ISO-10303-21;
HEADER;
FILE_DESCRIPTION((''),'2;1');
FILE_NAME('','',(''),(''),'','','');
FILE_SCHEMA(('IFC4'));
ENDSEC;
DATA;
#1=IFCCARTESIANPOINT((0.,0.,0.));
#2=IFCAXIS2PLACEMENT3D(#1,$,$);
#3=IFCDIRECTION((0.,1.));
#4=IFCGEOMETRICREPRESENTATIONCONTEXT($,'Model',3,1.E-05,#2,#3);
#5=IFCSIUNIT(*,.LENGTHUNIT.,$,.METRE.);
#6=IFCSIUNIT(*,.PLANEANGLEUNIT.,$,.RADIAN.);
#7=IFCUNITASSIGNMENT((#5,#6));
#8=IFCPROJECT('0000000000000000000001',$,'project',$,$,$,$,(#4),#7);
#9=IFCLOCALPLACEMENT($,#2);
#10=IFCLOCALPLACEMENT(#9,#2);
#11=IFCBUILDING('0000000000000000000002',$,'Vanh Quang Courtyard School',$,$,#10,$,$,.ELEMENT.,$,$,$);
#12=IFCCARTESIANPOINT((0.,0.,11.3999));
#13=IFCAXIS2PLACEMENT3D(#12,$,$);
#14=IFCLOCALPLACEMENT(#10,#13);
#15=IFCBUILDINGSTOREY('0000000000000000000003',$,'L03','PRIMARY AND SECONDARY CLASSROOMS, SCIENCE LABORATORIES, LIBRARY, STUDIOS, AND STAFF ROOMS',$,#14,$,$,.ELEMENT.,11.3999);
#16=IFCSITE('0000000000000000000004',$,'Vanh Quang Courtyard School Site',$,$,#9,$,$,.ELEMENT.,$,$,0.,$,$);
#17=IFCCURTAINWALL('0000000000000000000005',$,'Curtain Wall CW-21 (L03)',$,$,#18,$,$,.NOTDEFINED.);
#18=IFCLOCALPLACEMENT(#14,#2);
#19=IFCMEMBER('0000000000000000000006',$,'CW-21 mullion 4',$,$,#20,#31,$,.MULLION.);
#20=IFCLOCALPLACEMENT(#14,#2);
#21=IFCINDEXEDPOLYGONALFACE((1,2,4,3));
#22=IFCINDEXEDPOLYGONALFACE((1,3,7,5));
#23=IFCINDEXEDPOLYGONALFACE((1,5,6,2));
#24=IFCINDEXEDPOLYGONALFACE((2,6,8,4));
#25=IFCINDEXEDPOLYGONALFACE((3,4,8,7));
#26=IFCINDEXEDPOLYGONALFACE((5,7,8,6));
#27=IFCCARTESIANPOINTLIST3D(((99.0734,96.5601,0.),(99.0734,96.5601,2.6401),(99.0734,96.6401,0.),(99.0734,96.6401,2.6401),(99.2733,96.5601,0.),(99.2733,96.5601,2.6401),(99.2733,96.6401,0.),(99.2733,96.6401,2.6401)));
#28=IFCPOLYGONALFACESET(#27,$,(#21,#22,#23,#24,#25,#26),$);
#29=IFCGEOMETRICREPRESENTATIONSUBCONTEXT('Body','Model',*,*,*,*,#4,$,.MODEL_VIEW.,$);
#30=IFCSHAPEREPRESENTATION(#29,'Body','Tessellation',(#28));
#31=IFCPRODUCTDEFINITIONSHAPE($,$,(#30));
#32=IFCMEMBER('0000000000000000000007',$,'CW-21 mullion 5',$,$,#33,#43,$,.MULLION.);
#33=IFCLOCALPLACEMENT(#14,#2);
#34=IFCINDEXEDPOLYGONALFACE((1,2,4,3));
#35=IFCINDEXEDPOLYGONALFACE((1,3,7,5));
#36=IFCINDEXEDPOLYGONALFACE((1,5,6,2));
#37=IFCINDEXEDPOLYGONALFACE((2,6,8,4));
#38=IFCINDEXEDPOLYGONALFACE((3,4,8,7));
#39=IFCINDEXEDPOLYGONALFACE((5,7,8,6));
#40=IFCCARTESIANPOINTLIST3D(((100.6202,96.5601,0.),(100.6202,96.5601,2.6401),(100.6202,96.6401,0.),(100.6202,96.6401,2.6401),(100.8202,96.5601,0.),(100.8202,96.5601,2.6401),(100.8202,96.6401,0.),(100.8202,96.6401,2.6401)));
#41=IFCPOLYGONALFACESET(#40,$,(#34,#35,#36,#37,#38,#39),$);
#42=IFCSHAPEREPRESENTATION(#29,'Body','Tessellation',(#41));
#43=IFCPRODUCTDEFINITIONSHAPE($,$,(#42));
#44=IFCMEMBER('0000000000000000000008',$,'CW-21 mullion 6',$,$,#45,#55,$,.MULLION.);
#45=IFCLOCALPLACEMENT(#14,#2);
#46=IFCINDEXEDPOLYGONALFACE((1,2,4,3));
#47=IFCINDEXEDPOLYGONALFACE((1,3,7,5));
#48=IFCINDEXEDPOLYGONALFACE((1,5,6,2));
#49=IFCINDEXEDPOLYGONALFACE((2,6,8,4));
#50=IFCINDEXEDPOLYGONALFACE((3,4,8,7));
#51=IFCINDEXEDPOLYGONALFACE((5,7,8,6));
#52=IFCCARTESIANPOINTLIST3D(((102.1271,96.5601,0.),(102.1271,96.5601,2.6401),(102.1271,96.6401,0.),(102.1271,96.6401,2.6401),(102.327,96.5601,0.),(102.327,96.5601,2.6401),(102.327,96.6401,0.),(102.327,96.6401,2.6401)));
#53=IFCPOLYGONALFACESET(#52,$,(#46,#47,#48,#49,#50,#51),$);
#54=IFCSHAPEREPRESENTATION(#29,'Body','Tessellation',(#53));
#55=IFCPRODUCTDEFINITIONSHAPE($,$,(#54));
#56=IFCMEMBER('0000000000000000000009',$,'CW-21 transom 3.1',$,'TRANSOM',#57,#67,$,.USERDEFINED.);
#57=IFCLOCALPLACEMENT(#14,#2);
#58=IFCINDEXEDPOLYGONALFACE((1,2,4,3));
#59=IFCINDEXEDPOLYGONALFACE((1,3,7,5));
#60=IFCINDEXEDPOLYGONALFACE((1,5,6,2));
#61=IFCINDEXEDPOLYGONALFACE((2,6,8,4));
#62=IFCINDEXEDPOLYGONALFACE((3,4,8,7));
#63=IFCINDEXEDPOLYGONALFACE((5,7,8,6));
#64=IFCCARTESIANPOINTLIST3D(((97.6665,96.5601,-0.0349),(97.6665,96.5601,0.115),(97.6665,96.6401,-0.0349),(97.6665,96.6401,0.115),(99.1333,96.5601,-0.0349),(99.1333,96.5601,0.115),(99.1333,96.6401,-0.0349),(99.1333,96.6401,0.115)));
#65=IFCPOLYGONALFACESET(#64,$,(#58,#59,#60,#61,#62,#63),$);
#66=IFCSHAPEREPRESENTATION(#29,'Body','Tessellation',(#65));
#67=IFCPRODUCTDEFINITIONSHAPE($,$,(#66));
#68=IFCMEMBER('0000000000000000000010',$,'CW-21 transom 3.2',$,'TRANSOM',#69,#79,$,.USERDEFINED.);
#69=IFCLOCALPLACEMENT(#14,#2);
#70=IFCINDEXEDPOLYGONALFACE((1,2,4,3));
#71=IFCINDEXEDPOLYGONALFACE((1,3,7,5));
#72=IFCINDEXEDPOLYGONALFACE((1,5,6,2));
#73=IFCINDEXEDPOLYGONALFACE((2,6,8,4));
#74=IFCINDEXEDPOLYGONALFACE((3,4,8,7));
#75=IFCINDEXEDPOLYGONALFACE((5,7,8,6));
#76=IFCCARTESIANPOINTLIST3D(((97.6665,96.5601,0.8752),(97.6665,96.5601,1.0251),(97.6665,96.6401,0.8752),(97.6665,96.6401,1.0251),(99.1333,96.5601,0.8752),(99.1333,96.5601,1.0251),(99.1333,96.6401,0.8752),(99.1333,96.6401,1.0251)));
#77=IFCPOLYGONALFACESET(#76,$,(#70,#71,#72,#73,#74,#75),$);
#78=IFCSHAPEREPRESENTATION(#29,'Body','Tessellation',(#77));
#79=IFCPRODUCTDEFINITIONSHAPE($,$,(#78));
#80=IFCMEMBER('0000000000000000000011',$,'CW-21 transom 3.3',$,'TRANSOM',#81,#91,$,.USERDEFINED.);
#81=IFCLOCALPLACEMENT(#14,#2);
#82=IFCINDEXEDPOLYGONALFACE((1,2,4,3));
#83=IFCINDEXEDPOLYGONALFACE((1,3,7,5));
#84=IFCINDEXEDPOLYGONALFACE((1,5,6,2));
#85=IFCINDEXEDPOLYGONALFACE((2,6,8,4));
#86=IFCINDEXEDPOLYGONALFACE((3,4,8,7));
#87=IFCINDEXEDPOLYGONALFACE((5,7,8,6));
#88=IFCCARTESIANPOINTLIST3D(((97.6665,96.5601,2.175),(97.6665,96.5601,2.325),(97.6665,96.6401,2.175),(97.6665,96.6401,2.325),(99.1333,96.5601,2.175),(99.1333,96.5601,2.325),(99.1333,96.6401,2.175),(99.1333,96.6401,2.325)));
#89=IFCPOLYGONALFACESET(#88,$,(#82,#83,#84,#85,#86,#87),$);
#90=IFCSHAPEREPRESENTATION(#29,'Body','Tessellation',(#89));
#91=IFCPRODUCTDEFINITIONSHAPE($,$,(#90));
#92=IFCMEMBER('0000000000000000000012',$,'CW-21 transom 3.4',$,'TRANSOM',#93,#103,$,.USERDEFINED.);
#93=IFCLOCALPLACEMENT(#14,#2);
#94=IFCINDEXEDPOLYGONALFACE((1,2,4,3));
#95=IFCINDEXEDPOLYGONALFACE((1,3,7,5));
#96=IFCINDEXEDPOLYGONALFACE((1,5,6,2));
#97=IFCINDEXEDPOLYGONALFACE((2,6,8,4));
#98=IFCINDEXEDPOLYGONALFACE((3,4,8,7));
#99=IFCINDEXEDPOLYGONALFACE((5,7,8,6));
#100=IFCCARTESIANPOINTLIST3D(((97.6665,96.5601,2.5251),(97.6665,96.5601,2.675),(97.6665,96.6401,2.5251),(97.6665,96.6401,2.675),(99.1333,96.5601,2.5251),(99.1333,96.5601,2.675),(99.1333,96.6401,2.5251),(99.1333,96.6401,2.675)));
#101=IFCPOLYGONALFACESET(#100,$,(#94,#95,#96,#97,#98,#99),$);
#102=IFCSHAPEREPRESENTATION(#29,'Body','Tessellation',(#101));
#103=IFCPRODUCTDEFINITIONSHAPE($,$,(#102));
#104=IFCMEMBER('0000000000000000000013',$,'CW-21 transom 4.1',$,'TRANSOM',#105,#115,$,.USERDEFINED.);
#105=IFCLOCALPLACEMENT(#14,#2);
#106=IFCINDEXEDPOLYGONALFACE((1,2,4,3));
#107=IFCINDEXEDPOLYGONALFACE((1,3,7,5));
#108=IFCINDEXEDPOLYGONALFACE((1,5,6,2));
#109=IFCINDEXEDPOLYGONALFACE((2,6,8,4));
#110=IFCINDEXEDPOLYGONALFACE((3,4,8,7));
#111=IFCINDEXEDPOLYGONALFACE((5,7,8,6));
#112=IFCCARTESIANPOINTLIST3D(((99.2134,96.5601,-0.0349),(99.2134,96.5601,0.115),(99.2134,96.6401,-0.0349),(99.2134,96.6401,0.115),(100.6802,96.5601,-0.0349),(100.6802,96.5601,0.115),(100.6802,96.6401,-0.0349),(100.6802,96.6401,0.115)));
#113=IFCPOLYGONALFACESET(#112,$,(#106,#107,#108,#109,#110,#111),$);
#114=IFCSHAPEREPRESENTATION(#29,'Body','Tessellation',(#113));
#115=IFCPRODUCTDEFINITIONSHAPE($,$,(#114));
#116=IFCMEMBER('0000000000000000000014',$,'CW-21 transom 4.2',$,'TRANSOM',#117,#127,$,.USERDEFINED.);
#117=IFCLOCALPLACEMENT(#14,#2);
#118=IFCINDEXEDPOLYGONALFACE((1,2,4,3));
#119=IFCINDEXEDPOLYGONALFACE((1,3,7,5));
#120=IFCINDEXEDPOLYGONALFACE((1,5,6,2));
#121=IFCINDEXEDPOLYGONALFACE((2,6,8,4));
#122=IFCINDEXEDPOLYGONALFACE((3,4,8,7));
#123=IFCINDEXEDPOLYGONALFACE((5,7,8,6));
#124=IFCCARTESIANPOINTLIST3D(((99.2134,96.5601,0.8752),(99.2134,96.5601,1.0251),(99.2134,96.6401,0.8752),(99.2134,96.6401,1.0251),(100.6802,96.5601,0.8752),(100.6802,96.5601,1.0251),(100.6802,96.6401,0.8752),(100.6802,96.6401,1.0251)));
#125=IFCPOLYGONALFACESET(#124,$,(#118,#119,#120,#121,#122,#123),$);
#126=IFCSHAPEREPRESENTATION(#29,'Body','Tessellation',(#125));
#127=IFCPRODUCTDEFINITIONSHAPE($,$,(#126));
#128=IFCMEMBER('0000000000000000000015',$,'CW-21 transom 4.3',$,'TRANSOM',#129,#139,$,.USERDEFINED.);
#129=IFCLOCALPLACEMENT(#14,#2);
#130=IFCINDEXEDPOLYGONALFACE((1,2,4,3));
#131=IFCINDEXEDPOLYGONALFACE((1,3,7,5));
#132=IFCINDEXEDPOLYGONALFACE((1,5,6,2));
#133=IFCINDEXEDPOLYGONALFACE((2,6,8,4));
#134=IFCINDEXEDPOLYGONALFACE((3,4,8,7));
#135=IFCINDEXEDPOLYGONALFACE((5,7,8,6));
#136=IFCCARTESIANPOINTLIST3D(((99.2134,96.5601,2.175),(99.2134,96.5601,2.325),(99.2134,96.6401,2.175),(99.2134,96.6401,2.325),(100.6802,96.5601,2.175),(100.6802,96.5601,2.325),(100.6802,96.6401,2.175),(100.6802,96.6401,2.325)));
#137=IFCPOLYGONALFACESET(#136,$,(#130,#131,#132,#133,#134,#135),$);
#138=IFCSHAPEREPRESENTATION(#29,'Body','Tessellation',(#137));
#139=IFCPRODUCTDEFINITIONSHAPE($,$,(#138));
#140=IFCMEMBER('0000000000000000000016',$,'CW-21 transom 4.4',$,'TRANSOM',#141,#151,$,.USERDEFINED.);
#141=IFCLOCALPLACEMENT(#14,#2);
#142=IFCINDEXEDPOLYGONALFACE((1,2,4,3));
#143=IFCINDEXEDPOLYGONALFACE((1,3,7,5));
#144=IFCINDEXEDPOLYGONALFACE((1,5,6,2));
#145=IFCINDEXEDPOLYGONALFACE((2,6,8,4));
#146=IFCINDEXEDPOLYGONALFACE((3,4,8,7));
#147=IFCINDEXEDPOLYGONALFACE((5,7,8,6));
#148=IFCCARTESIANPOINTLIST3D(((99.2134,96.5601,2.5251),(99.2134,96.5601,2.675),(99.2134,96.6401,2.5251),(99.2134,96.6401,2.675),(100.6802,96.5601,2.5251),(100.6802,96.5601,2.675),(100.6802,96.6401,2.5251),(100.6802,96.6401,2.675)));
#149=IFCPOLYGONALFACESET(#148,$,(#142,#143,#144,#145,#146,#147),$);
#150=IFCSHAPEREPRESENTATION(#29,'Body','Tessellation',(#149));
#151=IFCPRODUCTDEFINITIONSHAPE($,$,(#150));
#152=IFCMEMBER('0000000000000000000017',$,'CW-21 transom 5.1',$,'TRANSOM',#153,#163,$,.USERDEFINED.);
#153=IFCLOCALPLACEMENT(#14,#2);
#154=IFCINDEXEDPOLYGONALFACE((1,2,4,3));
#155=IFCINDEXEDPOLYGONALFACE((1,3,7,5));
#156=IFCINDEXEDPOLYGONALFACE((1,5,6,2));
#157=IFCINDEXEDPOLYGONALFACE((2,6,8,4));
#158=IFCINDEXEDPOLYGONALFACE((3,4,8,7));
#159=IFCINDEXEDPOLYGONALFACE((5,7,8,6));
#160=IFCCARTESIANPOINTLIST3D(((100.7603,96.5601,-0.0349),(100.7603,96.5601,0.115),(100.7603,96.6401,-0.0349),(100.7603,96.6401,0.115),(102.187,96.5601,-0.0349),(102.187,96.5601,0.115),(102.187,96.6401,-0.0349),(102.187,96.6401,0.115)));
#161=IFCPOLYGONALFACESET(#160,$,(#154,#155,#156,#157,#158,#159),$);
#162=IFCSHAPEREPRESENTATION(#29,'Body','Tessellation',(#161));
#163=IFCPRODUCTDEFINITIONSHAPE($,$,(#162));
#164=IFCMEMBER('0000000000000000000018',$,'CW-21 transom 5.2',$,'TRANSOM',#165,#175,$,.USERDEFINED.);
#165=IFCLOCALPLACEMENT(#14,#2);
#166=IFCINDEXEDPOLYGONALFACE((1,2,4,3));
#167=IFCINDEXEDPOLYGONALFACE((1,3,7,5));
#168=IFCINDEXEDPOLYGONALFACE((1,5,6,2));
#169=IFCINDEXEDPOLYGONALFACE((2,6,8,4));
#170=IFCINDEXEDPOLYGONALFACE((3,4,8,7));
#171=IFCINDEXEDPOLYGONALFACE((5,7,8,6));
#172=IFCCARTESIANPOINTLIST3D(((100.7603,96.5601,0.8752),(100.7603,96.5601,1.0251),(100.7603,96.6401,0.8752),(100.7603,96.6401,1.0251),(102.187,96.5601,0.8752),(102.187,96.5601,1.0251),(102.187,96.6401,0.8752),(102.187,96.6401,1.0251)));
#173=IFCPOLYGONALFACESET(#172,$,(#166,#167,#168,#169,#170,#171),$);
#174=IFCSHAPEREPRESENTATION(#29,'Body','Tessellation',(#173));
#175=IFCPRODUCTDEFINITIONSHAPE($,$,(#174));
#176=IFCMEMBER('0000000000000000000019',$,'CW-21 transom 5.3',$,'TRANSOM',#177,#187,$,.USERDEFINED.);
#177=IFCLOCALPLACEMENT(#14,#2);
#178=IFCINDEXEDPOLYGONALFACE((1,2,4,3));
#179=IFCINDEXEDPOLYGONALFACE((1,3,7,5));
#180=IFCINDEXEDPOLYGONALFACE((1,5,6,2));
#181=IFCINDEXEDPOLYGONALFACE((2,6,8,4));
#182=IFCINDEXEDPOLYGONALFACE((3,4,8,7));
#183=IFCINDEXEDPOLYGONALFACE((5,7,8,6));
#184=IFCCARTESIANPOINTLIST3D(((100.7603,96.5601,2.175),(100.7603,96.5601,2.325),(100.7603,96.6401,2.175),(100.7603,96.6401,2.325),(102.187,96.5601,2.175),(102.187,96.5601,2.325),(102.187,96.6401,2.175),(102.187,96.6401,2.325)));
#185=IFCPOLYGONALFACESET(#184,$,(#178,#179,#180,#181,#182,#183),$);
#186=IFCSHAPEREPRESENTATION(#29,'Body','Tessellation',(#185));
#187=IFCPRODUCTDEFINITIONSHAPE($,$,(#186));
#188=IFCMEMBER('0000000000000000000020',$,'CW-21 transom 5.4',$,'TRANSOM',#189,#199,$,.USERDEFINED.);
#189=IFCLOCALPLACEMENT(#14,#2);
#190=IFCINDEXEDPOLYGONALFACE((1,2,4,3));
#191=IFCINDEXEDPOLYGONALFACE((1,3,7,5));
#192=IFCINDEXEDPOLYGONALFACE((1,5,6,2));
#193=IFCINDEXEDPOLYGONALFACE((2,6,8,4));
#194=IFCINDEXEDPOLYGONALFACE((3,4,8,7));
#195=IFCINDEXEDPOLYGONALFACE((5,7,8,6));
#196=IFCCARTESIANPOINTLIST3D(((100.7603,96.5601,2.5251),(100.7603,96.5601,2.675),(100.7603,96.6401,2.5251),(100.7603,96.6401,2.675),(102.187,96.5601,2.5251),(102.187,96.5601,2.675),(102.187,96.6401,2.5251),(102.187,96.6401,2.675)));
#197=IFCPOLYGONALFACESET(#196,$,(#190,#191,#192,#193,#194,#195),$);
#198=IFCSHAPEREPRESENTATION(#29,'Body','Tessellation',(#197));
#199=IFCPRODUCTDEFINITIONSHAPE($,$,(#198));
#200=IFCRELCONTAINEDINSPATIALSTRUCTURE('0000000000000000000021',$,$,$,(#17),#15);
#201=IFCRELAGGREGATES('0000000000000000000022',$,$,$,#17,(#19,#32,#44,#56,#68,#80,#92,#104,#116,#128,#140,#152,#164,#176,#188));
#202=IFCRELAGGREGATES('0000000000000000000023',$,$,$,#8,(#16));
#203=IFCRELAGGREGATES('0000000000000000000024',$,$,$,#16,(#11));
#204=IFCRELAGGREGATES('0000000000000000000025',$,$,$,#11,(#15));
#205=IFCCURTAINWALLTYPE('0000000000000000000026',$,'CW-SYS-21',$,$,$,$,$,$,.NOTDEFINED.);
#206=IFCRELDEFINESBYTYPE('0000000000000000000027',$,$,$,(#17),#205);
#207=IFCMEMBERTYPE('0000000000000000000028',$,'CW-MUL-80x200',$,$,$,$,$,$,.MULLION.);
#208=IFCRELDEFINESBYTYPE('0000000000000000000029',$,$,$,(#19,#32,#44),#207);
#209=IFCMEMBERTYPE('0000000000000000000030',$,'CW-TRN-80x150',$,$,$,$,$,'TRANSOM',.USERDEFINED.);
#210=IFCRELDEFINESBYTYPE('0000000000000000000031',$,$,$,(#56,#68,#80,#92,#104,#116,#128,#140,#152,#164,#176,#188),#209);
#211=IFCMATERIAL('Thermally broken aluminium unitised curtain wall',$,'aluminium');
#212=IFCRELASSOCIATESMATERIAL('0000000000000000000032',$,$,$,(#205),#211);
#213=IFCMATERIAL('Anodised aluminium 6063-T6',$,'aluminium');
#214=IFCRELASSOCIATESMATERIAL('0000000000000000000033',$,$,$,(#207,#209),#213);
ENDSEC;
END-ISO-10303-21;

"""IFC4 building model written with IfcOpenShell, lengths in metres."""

from ifc_helpers import new_model, si_unit, direction, frame, origin, origin_2d, place, context, subcontext, project, spatial, rectangle, extrude, material, material_profile, profile_set, type_object, element, aggregate, save


model = new_model("IFC4")

# Units and contexts
model_context = context("Model", 3, precision=1e-05, world=origin(), true_north=direction((0.0, 1.0)))
body_context = subcontext(model_context, "Body", "Model", "MODEL_VIEW")
ifc_project = project(units=[si_unit("LENGTHUNIT", "METRE"), si_unit("PLANEANGLEUNIT", "RADIAN")], contexts=[model_context])

# Site, building, storey
site_placement = place(None, origin())
site = spatial("IfcSite", under=ifc_project, at=site_placement, Name="Vanh Quang Courtyard School Site", CompositionType="ELEMENT", RefElevation=0.0)
building_placement = place(site_placement, origin())
building = spatial("IfcBuilding", under=site, at=building_placement, Name="Vanh Quang Courtyard School", CompositionType="ELEMENT")
storey_placement = place(building_placement, frame((0.0, 0.0, 11.3999)))
storey = spatial("IfcBuildingStorey", under=building, at=storey_placement, Name="L03", Description="PRIMARY AND SECONDARY CLASSROOMS, SCIENCE LABORATORIES, LIBRARY, STUDIOS, AND STAFF ROOMS", CompositionType="ELEMENT", Elevation=11.3999)

# Curtain wall, members
ifc_material_1 = material(Name="Thermally broken aluminium unitised curtain wall", Category="aluminium")
curtain_wall_type = type_object("IfcCurtainWallType", Name="CW-SYS-21", PredefinedType="NOTDEFINED", material=ifc_material_1)
curtain_wall_placement = place(storey_placement, origin())
curtain_wall = element("IfcCurtainWall", 1, at=curtain_wall_placement, inside=storey, type_object=curtain_wall_type, Name="Curtain Wall CW-21 (L03)", PredefinedType="NOTDEFINED")
ifc_material_2 = material(Name="Anodised aluminium 6063-T6", Category="aluminium")
ifc_material_profile_1 = material_profile(ifc_material_2, rectangle(XDim=0.0801, YDim=0.2, at=origin_2d()), Name="ALU-MUL 80x200")
ifc_profile_set_1 = profile_set([ifc_material_profile_1], Name="Anodised aluminium 6063-T6")
member_type_1 = type_object("IfcMemberType", Name="CW-MUL-80x200", PredefinedType="MULLION", material=ifc_profile_set_1)
member_1_placement = place(storey_placement, frame((99.1733, 96.6001, 0.0), z_axis=(0.0, 0.0, 1.0), x_axis=(0.0, 1.0, 0.0)))
member_1 = element("IfcMember", 2, at=member_1_placement, type_object=member_type_1, Name="CW-21 mullion 4", PredefinedType="MULLION", context=body_context, shape_type="SweptSolid", body=[
    extrude(rectangle(XDim=0.0801, YDim=0.2, at=origin_2d()), origin(), (0.0, 0.0, 1.0), 2.6401),
])
member_2_placement = place(storey_placement, frame((100.7202, 96.6001, 0.0), z_axis=(0.0, 0.0, 1.0), x_axis=(0.0, 1.0, 0.0)))
member_2 = element("IfcMember", 3, at=member_2_placement, type_object=member_type_1, Name="CW-21 mullion 5", PredefinedType="MULLION", context=body_context, shape_type="SweptSolid", body=[
    extrude(rectangle(XDim=0.0801, YDim=0.2, at=origin_2d()), origin(), (0.0, 0.0, 1.0), 2.6401),
])
member_3_placement = place(storey_placement, frame((102.2271, 96.6001, 0.0), z_axis=(0.0, 0.0, 1.0), x_axis=(0.0, 1.0, 0.0)))
member_3 = element("IfcMember", 4, at=member_3_placement, type_object=member_type_1, Name="CW-21 mullion 6", PredefinedType="MULLION", context=body_context, shape_type="SweptSolid", body=[
    extrude(rectangle(XDim=0.0801, YDim=0.2, at=origin_2d()), origin(), (0.0, 0.0, 1.0), 2.6401),
])
ifc_material_profile_2 = material_profile(ifc_material_2, rectangle(XDim=0.0801, YDim=0.1499, at=origin_2d()), Name="ALU-TRN 80x150")
ifc_profile_set_2 = profile_set([ifc_material_profile_2], Name="Anodised aluminium 6063-T6")
member_type_2 = type_object("IfcMemberType", Name="CW-TRN-80x150", ElementType="TRANSOM", PredefinedType="USERDEFINED", material=ifc_profile_set_2)
member_4_placement = place(storey_placement, frame((97.6665, 96.6001, 0.04), z_axis=(1.0, 0.0, 0.0), x_axis=(0.0, 1.0, 0.0)))
member_4 = element("IfcMember", 5, at=member_4_placement, type_object=member_type_2, Name="CW-21 transom 3.1", ObjectType="TRANSOM", PredefinedType="USERDEFINED", context=body_context, shape_type="SweptSolid", body=[
    extrude(rectangle(XDim=0.0801, YDim=0.1499, at=origin_2d()), origin(), (0.0, 0.0, 1.0), 1.4668),
])
member_5_placement = place(storey_placement, frame((97.6665, 96.6001, 0.9502), z_axis=(1.0, 0.0, 0.0), x_axis=(0.0, 1.0, 0.0)))
member_5 = element("IfcMember", 6, at=member_5_placement, type_object=member_type_2, Name="CW-21 transom 3.2", ObjectType="TRANSOM", PredefinedType="USERDEFINED", context=body_context, shape_type="SweptSolid", body=[
    extrude(rectangle(XDim=0.0801, YDim=0.1499, at=origin_2d()), origin(), (0.0, 0.0, 1.0), 1.4668),
])
member_6_placement = place(storey_placement, frame((97.6665, 96.6001, 2.25), z_axis=(1.0, 0.0, 0.0), x_axis=(0.0, 1.0, 0.0)))
member_6 = element("IfcMember", 7, at=member_6_placement, type_object=member_type_2, Name="CW-21 transom 3.3", ObjectType="TRANSOM", PredefinedType="USERDEFINED", context=body_context, shape_type="SweptSolid", body=[
    extrude(rectangle(XDim=0.0801, YDim=0.1499, at=origin_2d()), origin(), (0.0, 0.0, 1.0), 1.4668),
])
member_7_placement = place(storey_placement, frame((97.6665, 96.6001, 2.6001), z_axis=(1.0, 0.0, 0.0), x_axis=(0.0, 1.0, 0.0)))
member_7 = element("IfcMember", 8, at=member_7_placement, type_object=member_type_2, Name="CW-21 transom 3.4", ObjectType="TRANSOM", PredefinedType="USERDEFINED", context=body_context, shape_type="SweptSolid", body=[
    extrude(rectangle(XDim=0.0801, YDim=0.1499, at=origin_2d()), origin(), (0.0, 0.0, 1.0), 1.4668),
])
member_8_placement = place(storey_placement, frame((99.2134, 96.6001, 0.04), z_axis=(1.0, 0.0, 0.0), x_axis=(0.0, 1.0, 0.0)))
member_8 = element("IfcMember", 9, at=member_8_placement, type_object=member_type_2, Name="CW-21 transom 4.1", ObjectType="TRANSOM", PredefinedType="USERDEFINED", context=body_context, shape_type="SweptSolid", body=[
    extrude(rectangle(XDim=0.0801, YDim=0.1499, at=origin_2d()), origin(), (0.0, 0.0, 1.0), 1.4668),
])
member_9_placement = place(storey_placement, frame((99.2134, 96.6001, 0.9502), z_axis=(1.0, 0.0, 0.0), x_axis=(0.0, 1.0, 0.0)))
member_9 = element("IfcMember", 10, at=member_9_placement, type_object=member_type_2, Name="CW-21 transom 4.2", ObjectType="TRANSOM", PredefinedType="USERDEFINED", context=body_context, shape_type="SweptSolid", body=[
    extrude(rectangle(XDim=0.0801, YDim=0.1499, at=origin_2d()), origin(), (0.0, 0.0, 1.0), 1.4668),
])
member_10_placement = place(storey_placement, frame((99.2134, 96.6001, 2.25), z_axis=(1.0, 0.0, 0.0), x_axis=(0.0, 1.0, 0.0)))
member_10 = element("IfcMember", 11, at=member_10_placement, type_object=member_type_2, Name="CW-21 transom 4.3", ObjectType="TRANSOM", PredefinedType="USERDEFINED", context=body_context, shape_type="SweptSolid", body=[
    extrude(rectangle(XDim=0.0801, YDim=0.1499, at=origin_2d()), origin(), (0.0, 0.0, 1.0), 1.4668),
])
member_11_placement = place(storey_placement, frame((99.2134, 96.6001, 2.6001), z_axis=(1.0, 0.0, 0.0), x_axis=(0.0, 1.0, 0.0)))
member_11 = element("IfcMember", 12, at=member_11_placement, type_object=member_type_2, Name="CW-21 transom 4.4", ObjectType="TRANSOM", PredefinedType="USERDEFINED", context=body_context, shape_type="SweptSolid", body=[
    extrude(rectangle(XDim=0.0801, YDim=0.1499, at=origin_2d()), origin(), (0.0, 0.0, 1.0), 1.4668),
])
member_12_placement = place(storey_placement, frame((100.7603, 96.6001, 0.04), z_axis=(1.0, 0.0, 0.0), x_axis=(0.0, 1.0, 0.0)))
member_12 = element("IfcMember", 13, at=member_12_placement, type_object=member_type_2, Name="CW-21 transom 5.1", ObjectType="TRANSOM", PredefinedType="USERDEFINED", context=body_context, shape_type="SweptSolid", body=[
    extrude(rectangle(XDim=0.0801, YDim=0.1499, at=origin_2d()), origin(), (0.0, 0.0, 1.0), 1.4268),
])
member_13_placement = place(storey_placement, frame((100.7603, 96.6001, 0.9502), z_axis=(1.0, 0.0, 0.0), x_axis=(0.0, 1.0, 0.0)))
member_13 = element("IfcMember", 14, at=member_13_placement, type_object=member_type_2, Name="CW-21 transom 5.2", ObjectType="TRANSOM", PredefinedType="USERDEFINED", context=body_context, shape_type="SweptSolid", body=[
    extrude(rectangle(XDim=0.0801, YDim=0.1499, at=origin_2d()), origin(), (0.0, 0.0, 1.0), 1.4268),
])
member_14_placement = place(storey_placement, frame((100.7603, 96.6001, 2.25), z_axis=(1.0, 0.0, 0.0), x_axis=(0.0, 1.0, 0.0)))
member_14 = element("IfcMember", 15, at=member_14_placement, type_object=member_type_2, Name="CW-21 transom 5.3", ObjectType="TRANSOM", PredefinedType="USERDEFINED", context=body_context, shape_type="SweptSolid", body=[
    extrude(rectangle(XDim=0.0801, YDim=0.1499, at=origin_2d()), origin(), (0.0, 0.0, 1.0), 1.4268),
])
member_15_placement = place(storey_placement, frame((100.7603, 96.6001, 2.6001), z_axis=(1.0, 0.0, 0.0), x_axis=(0.0, 1.0, 0.0)))
member_15 = element("IfcMember", 16, at=member_15_placement, type_object=member_type_2, Name="CW-21 transom 5.4", ObjectType="TRANSOM", PredefinedType="USERDEFINED", context=body_context, shape_type="SweptSolid", body=[
    extrude(rectangle(XDim=0.0801, YDim=0.1499, at=origin_2d()), origin(), (0.0, 0.0, 1.0), 1.4268),
])
aggregate(curtain_wall, [member_1, member_2, member_3, member_4, member_5, member_6, member_7, member_8, member_9, member_10, member_11, member_12, member_13, member_14, member_15])

save(model, "model.ifc")
